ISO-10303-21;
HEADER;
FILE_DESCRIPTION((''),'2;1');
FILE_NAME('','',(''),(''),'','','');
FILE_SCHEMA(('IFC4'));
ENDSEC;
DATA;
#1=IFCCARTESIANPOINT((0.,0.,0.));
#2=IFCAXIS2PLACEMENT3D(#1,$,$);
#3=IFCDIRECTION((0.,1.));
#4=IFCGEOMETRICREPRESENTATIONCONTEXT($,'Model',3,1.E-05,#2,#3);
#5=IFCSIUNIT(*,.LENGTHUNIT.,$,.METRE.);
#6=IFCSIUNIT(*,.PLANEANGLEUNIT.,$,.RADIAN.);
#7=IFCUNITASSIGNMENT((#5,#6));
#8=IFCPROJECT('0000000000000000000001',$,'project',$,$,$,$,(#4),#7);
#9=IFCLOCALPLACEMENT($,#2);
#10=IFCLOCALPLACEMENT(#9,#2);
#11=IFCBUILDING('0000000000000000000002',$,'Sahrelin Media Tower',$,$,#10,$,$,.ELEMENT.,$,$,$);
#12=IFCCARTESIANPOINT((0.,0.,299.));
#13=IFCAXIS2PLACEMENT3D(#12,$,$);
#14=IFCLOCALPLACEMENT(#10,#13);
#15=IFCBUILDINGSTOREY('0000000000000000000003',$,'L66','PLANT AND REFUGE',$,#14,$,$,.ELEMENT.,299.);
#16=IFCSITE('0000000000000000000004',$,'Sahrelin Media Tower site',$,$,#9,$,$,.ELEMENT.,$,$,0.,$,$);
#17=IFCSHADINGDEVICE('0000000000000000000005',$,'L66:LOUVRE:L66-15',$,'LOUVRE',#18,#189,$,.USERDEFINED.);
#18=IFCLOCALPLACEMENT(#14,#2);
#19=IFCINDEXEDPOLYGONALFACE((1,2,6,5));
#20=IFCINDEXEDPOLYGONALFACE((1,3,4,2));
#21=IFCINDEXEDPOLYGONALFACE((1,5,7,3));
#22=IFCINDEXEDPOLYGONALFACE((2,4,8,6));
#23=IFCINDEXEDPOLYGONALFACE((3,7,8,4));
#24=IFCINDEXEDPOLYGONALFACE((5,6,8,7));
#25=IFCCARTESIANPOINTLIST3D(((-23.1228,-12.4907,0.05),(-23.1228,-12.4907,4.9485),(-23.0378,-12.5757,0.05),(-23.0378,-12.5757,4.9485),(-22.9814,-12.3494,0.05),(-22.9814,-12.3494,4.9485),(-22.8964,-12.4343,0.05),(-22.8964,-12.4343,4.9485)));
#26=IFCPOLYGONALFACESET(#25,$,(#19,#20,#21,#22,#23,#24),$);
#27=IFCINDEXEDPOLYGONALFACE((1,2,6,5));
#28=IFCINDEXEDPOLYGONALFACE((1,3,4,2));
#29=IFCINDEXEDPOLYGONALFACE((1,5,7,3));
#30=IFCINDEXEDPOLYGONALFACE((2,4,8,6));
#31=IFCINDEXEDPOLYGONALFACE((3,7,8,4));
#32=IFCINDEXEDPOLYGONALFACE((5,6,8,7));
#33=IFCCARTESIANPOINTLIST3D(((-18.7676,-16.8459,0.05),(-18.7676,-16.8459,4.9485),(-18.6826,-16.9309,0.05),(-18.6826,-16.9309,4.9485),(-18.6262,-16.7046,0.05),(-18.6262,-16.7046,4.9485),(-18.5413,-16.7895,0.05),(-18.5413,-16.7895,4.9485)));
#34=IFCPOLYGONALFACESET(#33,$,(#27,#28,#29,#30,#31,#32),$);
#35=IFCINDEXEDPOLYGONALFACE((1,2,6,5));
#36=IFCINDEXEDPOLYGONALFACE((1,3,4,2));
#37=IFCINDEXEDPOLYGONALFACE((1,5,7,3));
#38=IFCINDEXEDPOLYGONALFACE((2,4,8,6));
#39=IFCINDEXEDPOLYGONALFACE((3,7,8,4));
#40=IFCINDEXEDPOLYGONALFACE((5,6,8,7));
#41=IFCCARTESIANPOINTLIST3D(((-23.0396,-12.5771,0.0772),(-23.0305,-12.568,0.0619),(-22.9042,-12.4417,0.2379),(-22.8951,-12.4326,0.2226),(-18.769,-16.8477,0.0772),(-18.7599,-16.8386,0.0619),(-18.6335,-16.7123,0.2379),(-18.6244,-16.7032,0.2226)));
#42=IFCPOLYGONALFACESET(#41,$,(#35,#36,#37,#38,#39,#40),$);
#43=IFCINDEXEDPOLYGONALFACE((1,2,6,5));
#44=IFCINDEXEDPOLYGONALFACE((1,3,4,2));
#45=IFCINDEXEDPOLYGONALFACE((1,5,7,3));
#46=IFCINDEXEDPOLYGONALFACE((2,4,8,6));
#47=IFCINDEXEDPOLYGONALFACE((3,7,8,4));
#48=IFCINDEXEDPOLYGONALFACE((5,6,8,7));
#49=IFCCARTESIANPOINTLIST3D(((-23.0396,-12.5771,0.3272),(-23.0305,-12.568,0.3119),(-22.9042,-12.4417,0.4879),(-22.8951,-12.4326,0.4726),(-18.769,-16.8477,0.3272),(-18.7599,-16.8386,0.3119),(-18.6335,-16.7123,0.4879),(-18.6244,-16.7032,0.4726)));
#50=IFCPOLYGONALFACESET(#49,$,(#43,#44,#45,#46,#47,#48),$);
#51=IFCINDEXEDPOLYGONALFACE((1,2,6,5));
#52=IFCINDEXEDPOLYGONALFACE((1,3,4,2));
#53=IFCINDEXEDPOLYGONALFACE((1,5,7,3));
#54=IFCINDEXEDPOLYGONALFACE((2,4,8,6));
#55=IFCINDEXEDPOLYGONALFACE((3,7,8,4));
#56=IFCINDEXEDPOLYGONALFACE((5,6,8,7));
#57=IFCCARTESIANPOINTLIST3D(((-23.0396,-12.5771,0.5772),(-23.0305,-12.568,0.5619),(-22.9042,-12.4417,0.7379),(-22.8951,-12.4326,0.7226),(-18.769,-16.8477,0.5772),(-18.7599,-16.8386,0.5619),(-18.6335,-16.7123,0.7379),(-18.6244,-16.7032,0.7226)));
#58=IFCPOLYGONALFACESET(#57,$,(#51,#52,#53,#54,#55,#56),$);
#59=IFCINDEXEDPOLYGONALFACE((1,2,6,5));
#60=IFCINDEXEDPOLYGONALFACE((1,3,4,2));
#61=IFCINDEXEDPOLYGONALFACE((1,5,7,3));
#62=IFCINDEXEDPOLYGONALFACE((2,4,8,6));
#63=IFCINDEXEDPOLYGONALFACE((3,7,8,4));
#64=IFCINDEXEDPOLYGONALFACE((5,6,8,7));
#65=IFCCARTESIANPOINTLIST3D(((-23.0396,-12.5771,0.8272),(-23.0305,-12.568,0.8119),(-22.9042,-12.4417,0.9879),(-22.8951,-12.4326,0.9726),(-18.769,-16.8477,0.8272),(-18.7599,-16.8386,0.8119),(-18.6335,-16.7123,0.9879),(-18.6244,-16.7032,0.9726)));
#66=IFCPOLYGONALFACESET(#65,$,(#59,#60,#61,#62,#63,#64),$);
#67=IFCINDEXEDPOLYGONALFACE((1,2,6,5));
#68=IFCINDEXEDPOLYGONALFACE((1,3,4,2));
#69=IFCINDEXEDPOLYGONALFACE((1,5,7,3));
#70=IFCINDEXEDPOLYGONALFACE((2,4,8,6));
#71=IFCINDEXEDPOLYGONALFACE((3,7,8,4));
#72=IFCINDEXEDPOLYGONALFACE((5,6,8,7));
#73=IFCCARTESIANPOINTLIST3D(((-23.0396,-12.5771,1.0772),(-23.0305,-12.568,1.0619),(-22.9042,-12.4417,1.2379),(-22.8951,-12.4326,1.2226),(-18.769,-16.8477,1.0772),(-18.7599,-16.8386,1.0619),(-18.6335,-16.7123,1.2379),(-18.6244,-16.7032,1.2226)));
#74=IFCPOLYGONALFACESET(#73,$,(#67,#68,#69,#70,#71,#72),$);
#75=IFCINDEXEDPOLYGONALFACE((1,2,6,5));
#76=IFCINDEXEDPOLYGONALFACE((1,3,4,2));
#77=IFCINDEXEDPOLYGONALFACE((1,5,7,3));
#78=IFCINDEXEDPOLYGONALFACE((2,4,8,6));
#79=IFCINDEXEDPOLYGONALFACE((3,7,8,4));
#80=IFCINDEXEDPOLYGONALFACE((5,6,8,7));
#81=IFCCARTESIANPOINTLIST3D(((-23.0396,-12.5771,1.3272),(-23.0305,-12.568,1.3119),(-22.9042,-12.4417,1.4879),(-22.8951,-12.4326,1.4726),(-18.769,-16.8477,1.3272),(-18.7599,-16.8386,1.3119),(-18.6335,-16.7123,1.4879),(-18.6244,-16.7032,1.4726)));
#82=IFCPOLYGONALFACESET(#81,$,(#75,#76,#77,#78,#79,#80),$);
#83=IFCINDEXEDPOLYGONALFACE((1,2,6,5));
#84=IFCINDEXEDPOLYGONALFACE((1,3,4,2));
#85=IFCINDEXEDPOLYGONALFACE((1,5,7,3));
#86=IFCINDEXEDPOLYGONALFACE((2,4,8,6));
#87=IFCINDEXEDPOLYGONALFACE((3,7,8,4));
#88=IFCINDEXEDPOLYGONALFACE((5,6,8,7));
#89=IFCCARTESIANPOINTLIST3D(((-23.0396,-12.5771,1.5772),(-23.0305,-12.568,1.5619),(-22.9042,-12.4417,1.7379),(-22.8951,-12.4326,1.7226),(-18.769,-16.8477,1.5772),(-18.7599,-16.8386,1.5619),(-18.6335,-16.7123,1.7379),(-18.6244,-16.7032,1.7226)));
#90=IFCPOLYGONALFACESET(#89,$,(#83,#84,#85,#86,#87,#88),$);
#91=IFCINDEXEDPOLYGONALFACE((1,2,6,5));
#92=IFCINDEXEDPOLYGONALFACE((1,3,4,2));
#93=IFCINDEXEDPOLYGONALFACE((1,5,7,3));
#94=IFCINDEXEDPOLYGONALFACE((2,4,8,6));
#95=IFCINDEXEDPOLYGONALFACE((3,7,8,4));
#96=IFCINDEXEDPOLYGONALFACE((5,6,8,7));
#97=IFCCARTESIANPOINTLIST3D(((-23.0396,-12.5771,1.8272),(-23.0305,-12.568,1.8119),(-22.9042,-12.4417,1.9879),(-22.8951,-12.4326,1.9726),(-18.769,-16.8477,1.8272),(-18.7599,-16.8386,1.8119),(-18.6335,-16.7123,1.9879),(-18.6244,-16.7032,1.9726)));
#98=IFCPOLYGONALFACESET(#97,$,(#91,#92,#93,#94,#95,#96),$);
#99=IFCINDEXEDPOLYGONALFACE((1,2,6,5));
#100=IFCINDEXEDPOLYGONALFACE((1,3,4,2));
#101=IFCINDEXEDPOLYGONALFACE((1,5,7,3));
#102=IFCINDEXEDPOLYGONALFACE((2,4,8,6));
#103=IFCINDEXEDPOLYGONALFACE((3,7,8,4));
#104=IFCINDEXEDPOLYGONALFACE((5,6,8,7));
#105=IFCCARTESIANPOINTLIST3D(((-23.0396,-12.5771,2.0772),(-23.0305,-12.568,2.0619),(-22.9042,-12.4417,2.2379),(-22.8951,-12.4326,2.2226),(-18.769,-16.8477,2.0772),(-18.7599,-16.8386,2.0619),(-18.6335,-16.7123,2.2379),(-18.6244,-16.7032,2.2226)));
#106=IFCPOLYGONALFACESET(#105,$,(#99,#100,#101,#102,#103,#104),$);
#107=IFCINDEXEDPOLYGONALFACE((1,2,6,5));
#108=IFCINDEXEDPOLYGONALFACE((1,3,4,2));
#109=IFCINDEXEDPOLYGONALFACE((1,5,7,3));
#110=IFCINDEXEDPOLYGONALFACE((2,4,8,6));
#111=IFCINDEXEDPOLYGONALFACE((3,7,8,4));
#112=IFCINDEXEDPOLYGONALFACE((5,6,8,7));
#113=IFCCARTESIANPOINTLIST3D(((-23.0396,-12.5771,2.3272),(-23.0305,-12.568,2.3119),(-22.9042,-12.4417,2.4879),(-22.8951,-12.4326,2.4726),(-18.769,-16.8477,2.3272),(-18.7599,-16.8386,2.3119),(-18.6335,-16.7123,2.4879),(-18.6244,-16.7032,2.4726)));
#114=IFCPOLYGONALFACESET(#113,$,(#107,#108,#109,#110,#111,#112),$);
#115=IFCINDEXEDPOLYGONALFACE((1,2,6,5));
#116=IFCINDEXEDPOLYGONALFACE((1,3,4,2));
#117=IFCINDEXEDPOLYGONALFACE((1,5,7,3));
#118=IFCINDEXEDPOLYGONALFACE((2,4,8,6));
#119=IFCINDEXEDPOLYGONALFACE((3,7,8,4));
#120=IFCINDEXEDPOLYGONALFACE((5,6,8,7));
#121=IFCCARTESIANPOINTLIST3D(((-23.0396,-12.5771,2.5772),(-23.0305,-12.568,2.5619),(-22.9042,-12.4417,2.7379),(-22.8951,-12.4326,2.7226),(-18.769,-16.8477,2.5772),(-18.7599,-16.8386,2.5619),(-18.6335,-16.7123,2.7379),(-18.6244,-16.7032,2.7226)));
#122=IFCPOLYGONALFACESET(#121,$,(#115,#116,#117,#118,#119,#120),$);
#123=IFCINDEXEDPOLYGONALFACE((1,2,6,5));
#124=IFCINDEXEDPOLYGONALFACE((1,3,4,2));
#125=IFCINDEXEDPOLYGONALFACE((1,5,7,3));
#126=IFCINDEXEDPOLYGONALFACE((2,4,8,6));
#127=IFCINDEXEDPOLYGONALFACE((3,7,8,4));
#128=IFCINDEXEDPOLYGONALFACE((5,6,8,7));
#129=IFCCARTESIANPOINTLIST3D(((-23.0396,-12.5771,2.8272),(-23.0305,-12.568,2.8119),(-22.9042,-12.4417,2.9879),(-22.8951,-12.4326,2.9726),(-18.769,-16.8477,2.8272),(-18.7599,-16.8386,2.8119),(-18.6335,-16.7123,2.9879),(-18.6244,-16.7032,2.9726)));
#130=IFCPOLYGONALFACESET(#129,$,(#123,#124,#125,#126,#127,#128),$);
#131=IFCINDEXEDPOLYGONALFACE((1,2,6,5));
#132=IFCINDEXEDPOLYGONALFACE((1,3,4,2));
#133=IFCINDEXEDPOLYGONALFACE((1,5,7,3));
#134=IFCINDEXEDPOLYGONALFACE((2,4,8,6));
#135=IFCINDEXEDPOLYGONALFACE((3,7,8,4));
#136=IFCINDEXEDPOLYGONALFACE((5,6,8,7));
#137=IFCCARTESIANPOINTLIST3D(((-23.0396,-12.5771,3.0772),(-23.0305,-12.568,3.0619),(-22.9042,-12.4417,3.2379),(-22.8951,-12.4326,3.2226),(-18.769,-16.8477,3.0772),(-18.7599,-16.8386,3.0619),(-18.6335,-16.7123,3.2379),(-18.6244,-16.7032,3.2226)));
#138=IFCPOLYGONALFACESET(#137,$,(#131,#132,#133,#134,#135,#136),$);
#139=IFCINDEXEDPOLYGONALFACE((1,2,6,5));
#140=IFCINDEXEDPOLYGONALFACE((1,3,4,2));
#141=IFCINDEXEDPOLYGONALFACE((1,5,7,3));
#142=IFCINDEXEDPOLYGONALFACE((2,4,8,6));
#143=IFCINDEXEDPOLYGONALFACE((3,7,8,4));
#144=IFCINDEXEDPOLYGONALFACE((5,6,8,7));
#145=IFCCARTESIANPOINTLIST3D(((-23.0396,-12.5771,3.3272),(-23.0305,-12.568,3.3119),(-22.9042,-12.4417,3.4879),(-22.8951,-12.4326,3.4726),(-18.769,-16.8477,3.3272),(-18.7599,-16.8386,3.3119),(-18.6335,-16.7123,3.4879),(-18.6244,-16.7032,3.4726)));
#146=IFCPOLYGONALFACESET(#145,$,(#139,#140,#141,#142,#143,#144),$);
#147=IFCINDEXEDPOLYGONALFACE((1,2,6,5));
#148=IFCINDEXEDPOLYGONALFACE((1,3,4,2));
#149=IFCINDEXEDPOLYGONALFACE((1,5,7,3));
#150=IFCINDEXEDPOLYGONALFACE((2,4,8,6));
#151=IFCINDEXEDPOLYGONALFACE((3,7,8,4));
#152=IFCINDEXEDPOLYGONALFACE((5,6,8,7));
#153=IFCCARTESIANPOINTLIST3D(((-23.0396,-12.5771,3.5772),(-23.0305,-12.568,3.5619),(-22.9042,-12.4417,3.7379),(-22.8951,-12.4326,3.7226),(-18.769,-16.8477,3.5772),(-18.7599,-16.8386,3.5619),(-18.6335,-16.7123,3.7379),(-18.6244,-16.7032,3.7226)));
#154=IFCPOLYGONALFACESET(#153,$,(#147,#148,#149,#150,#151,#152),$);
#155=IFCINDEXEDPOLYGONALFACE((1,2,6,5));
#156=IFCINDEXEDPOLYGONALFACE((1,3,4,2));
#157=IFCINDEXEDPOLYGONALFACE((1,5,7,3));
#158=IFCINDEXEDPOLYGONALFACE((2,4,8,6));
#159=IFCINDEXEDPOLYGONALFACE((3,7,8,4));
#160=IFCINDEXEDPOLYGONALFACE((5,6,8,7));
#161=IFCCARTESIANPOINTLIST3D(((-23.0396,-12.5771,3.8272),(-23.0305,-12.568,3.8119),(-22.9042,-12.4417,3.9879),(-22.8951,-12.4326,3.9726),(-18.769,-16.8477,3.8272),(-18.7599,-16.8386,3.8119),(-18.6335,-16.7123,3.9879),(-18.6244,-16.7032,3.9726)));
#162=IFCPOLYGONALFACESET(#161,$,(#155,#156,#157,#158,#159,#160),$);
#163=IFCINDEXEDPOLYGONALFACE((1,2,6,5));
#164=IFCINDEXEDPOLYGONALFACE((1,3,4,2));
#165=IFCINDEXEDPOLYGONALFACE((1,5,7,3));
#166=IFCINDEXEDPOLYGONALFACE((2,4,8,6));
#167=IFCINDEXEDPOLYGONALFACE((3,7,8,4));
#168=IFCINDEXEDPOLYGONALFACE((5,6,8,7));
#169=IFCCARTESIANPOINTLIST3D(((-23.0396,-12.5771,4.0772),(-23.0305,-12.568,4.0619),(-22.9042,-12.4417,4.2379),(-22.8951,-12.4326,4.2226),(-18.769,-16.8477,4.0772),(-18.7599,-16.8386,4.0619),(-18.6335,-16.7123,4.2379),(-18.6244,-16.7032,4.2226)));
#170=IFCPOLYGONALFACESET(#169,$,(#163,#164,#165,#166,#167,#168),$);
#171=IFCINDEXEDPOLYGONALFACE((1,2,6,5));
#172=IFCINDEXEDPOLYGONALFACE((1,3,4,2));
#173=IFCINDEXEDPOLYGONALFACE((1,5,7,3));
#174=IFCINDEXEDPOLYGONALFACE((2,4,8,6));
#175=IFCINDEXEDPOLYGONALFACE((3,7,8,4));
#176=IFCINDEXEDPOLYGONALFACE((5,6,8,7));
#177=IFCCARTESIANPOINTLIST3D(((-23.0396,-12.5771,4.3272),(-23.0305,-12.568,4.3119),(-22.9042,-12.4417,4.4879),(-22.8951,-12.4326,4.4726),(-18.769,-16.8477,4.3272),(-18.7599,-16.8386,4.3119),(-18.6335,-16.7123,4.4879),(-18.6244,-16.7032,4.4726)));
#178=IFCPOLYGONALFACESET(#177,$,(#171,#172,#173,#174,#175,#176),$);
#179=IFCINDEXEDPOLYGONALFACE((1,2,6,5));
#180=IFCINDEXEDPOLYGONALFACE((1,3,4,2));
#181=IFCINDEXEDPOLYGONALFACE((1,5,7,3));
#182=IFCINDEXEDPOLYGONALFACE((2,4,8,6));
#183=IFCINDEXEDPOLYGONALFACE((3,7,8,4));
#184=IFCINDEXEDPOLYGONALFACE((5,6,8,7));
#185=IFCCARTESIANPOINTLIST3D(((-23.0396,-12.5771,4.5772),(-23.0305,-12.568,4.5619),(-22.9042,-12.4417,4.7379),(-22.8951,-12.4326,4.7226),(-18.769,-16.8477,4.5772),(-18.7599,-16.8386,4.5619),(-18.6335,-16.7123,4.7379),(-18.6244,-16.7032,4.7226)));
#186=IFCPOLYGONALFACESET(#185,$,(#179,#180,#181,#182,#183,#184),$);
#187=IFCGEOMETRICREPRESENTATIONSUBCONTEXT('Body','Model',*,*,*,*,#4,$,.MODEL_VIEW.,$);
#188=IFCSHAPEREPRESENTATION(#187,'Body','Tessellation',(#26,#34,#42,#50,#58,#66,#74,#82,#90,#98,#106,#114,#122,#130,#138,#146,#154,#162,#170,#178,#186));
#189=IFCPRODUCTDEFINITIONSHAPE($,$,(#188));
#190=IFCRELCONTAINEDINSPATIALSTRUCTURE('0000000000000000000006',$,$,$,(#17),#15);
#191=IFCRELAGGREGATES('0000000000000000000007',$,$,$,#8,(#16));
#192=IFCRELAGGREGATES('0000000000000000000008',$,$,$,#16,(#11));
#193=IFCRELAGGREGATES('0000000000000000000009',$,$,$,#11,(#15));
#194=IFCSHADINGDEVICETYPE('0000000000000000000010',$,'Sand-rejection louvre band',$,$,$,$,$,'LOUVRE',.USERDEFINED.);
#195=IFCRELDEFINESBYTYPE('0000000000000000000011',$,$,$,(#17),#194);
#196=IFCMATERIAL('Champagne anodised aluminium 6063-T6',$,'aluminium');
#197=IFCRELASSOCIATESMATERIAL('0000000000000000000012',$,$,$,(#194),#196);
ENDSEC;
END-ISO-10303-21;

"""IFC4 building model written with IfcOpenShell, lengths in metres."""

from ifc_helpers import new_model, si_unit, direction, frame, origin, origin_2d, place, context, subcontext, project, spatial, rectangle, extrude, material, type_object, element, save


model = new_model("IFC4")

# Units and contexts
model_context = context("Model", 3, precision=1e-05, world=origin(), true_north=direction((0.0, 1.0)))
body_context = subcontext(model_context, "Body", "Model", "MODEL_VIEW")
ifc_project = project(units=[si_unit("LENGTHUNIT", "METRE"), si_unit("PLANEANGLEUNIT", "RADIAN")], contexts=[model_context])

# Site, building, storey
site_placement = place(None, origin())
site = spatial("IfcSite", under=ifc_project, at=site_placement, Name="Sahrelin Media Tower site", CompositionType="ELEMENT", RefElevation=0.0)
building_placement = place(site_placement, origin())
building = spatial("IfcBuilding", under=site, at=building_placement, Name="Sahrelin Media Tower", CompositionType="ELEMENT")
storey_placement = place(building_placement, frame((0.0, 0.0, 299.0)))
storey = spatial("IfcBuildingStorey", under=building, at=storey_placement, Name="L66", Description="PLANT AND REFUGE", CompositionType="ELEMENT", Elevation=299.0)

# Shading device
ifc_material_1 = material(Name="Champagne anodised aluminium 6063-T6", Category="aluminium")
shading_device_type = type_object("IfcShadingDeviceType", Name="Sand-rejection louvre band", ElementType="LOUVRE", PredefinedType="USERDEFINED", material=ifc_material_1)
shading_device_1_placement = place(storey_placement, frame((-20.7612, -14.5693, 0.0), z_axis=(0.0, 0.0, 1.0), x_axis=(-0.707107, 0.707107, 0.0)))
element("IfcShadingDevice", 1, at=shading_device_1_placement, inside=storey, type_object=shading_device_type, Name="L66:LOUVRE:L66-15", ObjectType="LOUVRE", PredefinedType="USERDEFINED", context=body_context, shape_type="SweptSolid", body=[
    extrude(rectangle(XDim=0.1201, YDim=0.2, at=origin_2d()), frame((3.0796, 0.1001, 0.05), z_axis=(0.0, 0.0, 1.0), x_axis=(1.0, 0.0, 0.0)), (0.0, 0.0, 1.0), 4.8984),
    extrude(rectangle(XDim=0.1201, YDim=0.2, at=origin_2d()), frame((-3.0796, 0.1001, 0.05), z_axis=(0.0, 0.0, 1.0), x_axis=(1.0, 0.0, 0.0)), (0.0, 0.0, 1.0), 4.8984),
    extrude(rectangle(XDim=0.25, YDim=0.02, at=origin_2d()), frame((3.0198, 0.1001, 0.1499), z_axis=(-1.0, 0.0, 0.0), x_axis=(0.0, -0.766044, 0.642788)), (0.0, 0.0, 1.0), 6.0396),
    extrude(rectangle(XDim=0.25, YDim=0.02, at=origin_2d()), frame((3.0198, 0.1001, 0.3999), z_axis=(-1.0, 0.0, 0.0), x_axis=(0.0, -0.766044, 0.642788)), (0.0, 0.0, 1.0), 6.0396),
    extrude(rectangle(XDim=0.25, YDim=0.02, at=origin_2d()), frame((3.0198, 0.1001, 0.6499), z_axis=(-1.0, 0.0, 0.0), x_axis=(0.0, -0.766044, 0.642788)), (0.0, 0.0, 1.0), 6.0396),
    extrude(rectangle(XDim=0.25, YDim=0.02, at=origin_2d()), frame((3.0198, 0.1001, 0.8999), z_axis=(-1.0, 0.0, 0.0), x_axis=(0.0, -0.766044, 0.642788)), (0.0, 0.0, 1.0), 6.0396),
    extrude(rectangle(XDim=0.25, YDim=0.02, at=origin_2d()), frame((3.0198, 0.1001, 1.1499), z_axis=(-1.0, 0.0, 0.0), x_axis=(0.0, -0.766044, 0.642788)), (0.0, 0.0, 1.0), 6.0396),
    extrude(rectangle(XDim=0.25, YDim=0.02, at=origin_2d()), frame((3.0198, 0.1001, 1.3999), z_axis=(-1.0, 0.0, 0.0), x_axis=(0.0, -0.766044, 0.642788)), (0.0, 0.0, 1.0), 6.0396),
    extrude(rectangle(XDim=0.25, YDim=0.02, at=origin_2d()), frame((3.0198, 0.1001, 1.6499), z_axis=(-1.0, 0.0, 0.0), x_axis=(0.0, -0.766044, 0.642788)), (0.0, 0.0, 1.0), 6.0396),
    extrude(rectangle(XDim=0.25, YDim=0.02, at=origin_2d()), frame((3.0198, 0.1001, 1.8999), z_axis=(-1.0, 0.0, 0.0), x_axis=(0.0, -0.766044, 0.642788)), (0.0, 0.0, 1.0), 6.0396),
    extrude(rectangle(XDim=0.25, YDim=0.02, at=origin_2d()), frame((3.0198, 0.1001, 2.1499), z_axis=(-1.0, 0.0, 0.0), x_axis=(0.0, -0.766044, 0.642788)), (0.0, 0.0, 1.0), 6.0396),
    extrude(rectangle(XDim=0.25, YDim=0.02, at=origin_2d()), frame((3.0198, 0.1001, 2.3999), z_axis=(-1.0, 0.0, 0.0), x_axis=(0.0, -0.766044, 0.642788)), (0.0, 0.0, 1.0), 6.0396),
    extrude(rectangle(XDim=0.25, YDim=0.02, at=origin_2d()), frame((3.0198, 0.1001, 2.6499), z_axis=(-1.0, 0.0, 0.0), x_axis=(0.0, -0.766044, 0.642788)), (0.0, 0.0, 1.0), 6.0396),
    extrude(rectangle(XDim=0.25, YDim=0.02, at=origin_2d()), frame((3.0198, 0.1001, 2.8999), z_axis=(-1.0, 0.0, 0.0), x_axis=(0.0, -0.766044, 0.642788)), (0.0, 0.0, 1.0), 6.0396),
    extrude(rectangle(XDim=0.25, YDim=0.02, at=origin_2d()), frame((3.0198, 0.1001, 3.1499), z_axis=(-1.0, 0.0, 0.0), x_axis=(0.0, -0.766044, 0.642788)), (0.0, 0.0, 1.0), 6.0396),
    extrude(rectangle(XDim=0.25, YDim=0.02, at=origin_2d()), frame((3.0198, 0.1001, 3.3999), z_axis=(-1.0, 0.0, 0.0), x_axis=(0.0, -0.766044, 0.642788)), (0.0, 0.0, 1.0), 6.0396),
    extrude(rectangle(XDim=0.25, YDim=0.02, at=origin_2d()), frame((3.0198, 0.1001, 3.6499), z_axis=(-1.0, 0.0, 0.0), x_axis=(0.0, -0.766044, 0.642788)), (0.0, 0.0, 1.0), 6.0396),
    extrude(rectangle(XDim=0.25, YDim=0.02, at=origin_2d()), frame((3.0198, 0.1001, 3.8999), z_axis=(-1.0, 0.0, 0.0), x_axis=(0.0, -0.766044, 0.642788)), (0.0, 0.0, 1.0), 6.0396),
    extrude(rectangle(XDim=0.25, YDim=0.02, at=origin_2d()), frame((3.0198, 0.1001, 4.1499), z_axis=(-1.0, 0.0, 0.0), x_axis=(0.0, -0.766044, 0.642788)), (0.0, 0.0, 1.0), 6.0396),
    extrude(rectangle(XDim=0.25, YDim=0.02, at=origin_2d()), frame((3.0198, 0.1001, 4.3999), z_axis=(-1.0, 0.0, 0.0), x_axis=(0.0, -0.766044, 0.642788)), (0.0, 0.0, 1.0), 6.0396),
    extrude(rectangle(XDim=0.25, YDim=0.02, at=origin_2d()), frame((3.0198, 0.1001, 4.6499), z_axis=(-1.0, 0.0, 0.0), x_axis=(0.0, -0.766044, 0.642788)), (0.0, 0.0, 1.0), 6.0396),
])

save(model, "model.ifc")
